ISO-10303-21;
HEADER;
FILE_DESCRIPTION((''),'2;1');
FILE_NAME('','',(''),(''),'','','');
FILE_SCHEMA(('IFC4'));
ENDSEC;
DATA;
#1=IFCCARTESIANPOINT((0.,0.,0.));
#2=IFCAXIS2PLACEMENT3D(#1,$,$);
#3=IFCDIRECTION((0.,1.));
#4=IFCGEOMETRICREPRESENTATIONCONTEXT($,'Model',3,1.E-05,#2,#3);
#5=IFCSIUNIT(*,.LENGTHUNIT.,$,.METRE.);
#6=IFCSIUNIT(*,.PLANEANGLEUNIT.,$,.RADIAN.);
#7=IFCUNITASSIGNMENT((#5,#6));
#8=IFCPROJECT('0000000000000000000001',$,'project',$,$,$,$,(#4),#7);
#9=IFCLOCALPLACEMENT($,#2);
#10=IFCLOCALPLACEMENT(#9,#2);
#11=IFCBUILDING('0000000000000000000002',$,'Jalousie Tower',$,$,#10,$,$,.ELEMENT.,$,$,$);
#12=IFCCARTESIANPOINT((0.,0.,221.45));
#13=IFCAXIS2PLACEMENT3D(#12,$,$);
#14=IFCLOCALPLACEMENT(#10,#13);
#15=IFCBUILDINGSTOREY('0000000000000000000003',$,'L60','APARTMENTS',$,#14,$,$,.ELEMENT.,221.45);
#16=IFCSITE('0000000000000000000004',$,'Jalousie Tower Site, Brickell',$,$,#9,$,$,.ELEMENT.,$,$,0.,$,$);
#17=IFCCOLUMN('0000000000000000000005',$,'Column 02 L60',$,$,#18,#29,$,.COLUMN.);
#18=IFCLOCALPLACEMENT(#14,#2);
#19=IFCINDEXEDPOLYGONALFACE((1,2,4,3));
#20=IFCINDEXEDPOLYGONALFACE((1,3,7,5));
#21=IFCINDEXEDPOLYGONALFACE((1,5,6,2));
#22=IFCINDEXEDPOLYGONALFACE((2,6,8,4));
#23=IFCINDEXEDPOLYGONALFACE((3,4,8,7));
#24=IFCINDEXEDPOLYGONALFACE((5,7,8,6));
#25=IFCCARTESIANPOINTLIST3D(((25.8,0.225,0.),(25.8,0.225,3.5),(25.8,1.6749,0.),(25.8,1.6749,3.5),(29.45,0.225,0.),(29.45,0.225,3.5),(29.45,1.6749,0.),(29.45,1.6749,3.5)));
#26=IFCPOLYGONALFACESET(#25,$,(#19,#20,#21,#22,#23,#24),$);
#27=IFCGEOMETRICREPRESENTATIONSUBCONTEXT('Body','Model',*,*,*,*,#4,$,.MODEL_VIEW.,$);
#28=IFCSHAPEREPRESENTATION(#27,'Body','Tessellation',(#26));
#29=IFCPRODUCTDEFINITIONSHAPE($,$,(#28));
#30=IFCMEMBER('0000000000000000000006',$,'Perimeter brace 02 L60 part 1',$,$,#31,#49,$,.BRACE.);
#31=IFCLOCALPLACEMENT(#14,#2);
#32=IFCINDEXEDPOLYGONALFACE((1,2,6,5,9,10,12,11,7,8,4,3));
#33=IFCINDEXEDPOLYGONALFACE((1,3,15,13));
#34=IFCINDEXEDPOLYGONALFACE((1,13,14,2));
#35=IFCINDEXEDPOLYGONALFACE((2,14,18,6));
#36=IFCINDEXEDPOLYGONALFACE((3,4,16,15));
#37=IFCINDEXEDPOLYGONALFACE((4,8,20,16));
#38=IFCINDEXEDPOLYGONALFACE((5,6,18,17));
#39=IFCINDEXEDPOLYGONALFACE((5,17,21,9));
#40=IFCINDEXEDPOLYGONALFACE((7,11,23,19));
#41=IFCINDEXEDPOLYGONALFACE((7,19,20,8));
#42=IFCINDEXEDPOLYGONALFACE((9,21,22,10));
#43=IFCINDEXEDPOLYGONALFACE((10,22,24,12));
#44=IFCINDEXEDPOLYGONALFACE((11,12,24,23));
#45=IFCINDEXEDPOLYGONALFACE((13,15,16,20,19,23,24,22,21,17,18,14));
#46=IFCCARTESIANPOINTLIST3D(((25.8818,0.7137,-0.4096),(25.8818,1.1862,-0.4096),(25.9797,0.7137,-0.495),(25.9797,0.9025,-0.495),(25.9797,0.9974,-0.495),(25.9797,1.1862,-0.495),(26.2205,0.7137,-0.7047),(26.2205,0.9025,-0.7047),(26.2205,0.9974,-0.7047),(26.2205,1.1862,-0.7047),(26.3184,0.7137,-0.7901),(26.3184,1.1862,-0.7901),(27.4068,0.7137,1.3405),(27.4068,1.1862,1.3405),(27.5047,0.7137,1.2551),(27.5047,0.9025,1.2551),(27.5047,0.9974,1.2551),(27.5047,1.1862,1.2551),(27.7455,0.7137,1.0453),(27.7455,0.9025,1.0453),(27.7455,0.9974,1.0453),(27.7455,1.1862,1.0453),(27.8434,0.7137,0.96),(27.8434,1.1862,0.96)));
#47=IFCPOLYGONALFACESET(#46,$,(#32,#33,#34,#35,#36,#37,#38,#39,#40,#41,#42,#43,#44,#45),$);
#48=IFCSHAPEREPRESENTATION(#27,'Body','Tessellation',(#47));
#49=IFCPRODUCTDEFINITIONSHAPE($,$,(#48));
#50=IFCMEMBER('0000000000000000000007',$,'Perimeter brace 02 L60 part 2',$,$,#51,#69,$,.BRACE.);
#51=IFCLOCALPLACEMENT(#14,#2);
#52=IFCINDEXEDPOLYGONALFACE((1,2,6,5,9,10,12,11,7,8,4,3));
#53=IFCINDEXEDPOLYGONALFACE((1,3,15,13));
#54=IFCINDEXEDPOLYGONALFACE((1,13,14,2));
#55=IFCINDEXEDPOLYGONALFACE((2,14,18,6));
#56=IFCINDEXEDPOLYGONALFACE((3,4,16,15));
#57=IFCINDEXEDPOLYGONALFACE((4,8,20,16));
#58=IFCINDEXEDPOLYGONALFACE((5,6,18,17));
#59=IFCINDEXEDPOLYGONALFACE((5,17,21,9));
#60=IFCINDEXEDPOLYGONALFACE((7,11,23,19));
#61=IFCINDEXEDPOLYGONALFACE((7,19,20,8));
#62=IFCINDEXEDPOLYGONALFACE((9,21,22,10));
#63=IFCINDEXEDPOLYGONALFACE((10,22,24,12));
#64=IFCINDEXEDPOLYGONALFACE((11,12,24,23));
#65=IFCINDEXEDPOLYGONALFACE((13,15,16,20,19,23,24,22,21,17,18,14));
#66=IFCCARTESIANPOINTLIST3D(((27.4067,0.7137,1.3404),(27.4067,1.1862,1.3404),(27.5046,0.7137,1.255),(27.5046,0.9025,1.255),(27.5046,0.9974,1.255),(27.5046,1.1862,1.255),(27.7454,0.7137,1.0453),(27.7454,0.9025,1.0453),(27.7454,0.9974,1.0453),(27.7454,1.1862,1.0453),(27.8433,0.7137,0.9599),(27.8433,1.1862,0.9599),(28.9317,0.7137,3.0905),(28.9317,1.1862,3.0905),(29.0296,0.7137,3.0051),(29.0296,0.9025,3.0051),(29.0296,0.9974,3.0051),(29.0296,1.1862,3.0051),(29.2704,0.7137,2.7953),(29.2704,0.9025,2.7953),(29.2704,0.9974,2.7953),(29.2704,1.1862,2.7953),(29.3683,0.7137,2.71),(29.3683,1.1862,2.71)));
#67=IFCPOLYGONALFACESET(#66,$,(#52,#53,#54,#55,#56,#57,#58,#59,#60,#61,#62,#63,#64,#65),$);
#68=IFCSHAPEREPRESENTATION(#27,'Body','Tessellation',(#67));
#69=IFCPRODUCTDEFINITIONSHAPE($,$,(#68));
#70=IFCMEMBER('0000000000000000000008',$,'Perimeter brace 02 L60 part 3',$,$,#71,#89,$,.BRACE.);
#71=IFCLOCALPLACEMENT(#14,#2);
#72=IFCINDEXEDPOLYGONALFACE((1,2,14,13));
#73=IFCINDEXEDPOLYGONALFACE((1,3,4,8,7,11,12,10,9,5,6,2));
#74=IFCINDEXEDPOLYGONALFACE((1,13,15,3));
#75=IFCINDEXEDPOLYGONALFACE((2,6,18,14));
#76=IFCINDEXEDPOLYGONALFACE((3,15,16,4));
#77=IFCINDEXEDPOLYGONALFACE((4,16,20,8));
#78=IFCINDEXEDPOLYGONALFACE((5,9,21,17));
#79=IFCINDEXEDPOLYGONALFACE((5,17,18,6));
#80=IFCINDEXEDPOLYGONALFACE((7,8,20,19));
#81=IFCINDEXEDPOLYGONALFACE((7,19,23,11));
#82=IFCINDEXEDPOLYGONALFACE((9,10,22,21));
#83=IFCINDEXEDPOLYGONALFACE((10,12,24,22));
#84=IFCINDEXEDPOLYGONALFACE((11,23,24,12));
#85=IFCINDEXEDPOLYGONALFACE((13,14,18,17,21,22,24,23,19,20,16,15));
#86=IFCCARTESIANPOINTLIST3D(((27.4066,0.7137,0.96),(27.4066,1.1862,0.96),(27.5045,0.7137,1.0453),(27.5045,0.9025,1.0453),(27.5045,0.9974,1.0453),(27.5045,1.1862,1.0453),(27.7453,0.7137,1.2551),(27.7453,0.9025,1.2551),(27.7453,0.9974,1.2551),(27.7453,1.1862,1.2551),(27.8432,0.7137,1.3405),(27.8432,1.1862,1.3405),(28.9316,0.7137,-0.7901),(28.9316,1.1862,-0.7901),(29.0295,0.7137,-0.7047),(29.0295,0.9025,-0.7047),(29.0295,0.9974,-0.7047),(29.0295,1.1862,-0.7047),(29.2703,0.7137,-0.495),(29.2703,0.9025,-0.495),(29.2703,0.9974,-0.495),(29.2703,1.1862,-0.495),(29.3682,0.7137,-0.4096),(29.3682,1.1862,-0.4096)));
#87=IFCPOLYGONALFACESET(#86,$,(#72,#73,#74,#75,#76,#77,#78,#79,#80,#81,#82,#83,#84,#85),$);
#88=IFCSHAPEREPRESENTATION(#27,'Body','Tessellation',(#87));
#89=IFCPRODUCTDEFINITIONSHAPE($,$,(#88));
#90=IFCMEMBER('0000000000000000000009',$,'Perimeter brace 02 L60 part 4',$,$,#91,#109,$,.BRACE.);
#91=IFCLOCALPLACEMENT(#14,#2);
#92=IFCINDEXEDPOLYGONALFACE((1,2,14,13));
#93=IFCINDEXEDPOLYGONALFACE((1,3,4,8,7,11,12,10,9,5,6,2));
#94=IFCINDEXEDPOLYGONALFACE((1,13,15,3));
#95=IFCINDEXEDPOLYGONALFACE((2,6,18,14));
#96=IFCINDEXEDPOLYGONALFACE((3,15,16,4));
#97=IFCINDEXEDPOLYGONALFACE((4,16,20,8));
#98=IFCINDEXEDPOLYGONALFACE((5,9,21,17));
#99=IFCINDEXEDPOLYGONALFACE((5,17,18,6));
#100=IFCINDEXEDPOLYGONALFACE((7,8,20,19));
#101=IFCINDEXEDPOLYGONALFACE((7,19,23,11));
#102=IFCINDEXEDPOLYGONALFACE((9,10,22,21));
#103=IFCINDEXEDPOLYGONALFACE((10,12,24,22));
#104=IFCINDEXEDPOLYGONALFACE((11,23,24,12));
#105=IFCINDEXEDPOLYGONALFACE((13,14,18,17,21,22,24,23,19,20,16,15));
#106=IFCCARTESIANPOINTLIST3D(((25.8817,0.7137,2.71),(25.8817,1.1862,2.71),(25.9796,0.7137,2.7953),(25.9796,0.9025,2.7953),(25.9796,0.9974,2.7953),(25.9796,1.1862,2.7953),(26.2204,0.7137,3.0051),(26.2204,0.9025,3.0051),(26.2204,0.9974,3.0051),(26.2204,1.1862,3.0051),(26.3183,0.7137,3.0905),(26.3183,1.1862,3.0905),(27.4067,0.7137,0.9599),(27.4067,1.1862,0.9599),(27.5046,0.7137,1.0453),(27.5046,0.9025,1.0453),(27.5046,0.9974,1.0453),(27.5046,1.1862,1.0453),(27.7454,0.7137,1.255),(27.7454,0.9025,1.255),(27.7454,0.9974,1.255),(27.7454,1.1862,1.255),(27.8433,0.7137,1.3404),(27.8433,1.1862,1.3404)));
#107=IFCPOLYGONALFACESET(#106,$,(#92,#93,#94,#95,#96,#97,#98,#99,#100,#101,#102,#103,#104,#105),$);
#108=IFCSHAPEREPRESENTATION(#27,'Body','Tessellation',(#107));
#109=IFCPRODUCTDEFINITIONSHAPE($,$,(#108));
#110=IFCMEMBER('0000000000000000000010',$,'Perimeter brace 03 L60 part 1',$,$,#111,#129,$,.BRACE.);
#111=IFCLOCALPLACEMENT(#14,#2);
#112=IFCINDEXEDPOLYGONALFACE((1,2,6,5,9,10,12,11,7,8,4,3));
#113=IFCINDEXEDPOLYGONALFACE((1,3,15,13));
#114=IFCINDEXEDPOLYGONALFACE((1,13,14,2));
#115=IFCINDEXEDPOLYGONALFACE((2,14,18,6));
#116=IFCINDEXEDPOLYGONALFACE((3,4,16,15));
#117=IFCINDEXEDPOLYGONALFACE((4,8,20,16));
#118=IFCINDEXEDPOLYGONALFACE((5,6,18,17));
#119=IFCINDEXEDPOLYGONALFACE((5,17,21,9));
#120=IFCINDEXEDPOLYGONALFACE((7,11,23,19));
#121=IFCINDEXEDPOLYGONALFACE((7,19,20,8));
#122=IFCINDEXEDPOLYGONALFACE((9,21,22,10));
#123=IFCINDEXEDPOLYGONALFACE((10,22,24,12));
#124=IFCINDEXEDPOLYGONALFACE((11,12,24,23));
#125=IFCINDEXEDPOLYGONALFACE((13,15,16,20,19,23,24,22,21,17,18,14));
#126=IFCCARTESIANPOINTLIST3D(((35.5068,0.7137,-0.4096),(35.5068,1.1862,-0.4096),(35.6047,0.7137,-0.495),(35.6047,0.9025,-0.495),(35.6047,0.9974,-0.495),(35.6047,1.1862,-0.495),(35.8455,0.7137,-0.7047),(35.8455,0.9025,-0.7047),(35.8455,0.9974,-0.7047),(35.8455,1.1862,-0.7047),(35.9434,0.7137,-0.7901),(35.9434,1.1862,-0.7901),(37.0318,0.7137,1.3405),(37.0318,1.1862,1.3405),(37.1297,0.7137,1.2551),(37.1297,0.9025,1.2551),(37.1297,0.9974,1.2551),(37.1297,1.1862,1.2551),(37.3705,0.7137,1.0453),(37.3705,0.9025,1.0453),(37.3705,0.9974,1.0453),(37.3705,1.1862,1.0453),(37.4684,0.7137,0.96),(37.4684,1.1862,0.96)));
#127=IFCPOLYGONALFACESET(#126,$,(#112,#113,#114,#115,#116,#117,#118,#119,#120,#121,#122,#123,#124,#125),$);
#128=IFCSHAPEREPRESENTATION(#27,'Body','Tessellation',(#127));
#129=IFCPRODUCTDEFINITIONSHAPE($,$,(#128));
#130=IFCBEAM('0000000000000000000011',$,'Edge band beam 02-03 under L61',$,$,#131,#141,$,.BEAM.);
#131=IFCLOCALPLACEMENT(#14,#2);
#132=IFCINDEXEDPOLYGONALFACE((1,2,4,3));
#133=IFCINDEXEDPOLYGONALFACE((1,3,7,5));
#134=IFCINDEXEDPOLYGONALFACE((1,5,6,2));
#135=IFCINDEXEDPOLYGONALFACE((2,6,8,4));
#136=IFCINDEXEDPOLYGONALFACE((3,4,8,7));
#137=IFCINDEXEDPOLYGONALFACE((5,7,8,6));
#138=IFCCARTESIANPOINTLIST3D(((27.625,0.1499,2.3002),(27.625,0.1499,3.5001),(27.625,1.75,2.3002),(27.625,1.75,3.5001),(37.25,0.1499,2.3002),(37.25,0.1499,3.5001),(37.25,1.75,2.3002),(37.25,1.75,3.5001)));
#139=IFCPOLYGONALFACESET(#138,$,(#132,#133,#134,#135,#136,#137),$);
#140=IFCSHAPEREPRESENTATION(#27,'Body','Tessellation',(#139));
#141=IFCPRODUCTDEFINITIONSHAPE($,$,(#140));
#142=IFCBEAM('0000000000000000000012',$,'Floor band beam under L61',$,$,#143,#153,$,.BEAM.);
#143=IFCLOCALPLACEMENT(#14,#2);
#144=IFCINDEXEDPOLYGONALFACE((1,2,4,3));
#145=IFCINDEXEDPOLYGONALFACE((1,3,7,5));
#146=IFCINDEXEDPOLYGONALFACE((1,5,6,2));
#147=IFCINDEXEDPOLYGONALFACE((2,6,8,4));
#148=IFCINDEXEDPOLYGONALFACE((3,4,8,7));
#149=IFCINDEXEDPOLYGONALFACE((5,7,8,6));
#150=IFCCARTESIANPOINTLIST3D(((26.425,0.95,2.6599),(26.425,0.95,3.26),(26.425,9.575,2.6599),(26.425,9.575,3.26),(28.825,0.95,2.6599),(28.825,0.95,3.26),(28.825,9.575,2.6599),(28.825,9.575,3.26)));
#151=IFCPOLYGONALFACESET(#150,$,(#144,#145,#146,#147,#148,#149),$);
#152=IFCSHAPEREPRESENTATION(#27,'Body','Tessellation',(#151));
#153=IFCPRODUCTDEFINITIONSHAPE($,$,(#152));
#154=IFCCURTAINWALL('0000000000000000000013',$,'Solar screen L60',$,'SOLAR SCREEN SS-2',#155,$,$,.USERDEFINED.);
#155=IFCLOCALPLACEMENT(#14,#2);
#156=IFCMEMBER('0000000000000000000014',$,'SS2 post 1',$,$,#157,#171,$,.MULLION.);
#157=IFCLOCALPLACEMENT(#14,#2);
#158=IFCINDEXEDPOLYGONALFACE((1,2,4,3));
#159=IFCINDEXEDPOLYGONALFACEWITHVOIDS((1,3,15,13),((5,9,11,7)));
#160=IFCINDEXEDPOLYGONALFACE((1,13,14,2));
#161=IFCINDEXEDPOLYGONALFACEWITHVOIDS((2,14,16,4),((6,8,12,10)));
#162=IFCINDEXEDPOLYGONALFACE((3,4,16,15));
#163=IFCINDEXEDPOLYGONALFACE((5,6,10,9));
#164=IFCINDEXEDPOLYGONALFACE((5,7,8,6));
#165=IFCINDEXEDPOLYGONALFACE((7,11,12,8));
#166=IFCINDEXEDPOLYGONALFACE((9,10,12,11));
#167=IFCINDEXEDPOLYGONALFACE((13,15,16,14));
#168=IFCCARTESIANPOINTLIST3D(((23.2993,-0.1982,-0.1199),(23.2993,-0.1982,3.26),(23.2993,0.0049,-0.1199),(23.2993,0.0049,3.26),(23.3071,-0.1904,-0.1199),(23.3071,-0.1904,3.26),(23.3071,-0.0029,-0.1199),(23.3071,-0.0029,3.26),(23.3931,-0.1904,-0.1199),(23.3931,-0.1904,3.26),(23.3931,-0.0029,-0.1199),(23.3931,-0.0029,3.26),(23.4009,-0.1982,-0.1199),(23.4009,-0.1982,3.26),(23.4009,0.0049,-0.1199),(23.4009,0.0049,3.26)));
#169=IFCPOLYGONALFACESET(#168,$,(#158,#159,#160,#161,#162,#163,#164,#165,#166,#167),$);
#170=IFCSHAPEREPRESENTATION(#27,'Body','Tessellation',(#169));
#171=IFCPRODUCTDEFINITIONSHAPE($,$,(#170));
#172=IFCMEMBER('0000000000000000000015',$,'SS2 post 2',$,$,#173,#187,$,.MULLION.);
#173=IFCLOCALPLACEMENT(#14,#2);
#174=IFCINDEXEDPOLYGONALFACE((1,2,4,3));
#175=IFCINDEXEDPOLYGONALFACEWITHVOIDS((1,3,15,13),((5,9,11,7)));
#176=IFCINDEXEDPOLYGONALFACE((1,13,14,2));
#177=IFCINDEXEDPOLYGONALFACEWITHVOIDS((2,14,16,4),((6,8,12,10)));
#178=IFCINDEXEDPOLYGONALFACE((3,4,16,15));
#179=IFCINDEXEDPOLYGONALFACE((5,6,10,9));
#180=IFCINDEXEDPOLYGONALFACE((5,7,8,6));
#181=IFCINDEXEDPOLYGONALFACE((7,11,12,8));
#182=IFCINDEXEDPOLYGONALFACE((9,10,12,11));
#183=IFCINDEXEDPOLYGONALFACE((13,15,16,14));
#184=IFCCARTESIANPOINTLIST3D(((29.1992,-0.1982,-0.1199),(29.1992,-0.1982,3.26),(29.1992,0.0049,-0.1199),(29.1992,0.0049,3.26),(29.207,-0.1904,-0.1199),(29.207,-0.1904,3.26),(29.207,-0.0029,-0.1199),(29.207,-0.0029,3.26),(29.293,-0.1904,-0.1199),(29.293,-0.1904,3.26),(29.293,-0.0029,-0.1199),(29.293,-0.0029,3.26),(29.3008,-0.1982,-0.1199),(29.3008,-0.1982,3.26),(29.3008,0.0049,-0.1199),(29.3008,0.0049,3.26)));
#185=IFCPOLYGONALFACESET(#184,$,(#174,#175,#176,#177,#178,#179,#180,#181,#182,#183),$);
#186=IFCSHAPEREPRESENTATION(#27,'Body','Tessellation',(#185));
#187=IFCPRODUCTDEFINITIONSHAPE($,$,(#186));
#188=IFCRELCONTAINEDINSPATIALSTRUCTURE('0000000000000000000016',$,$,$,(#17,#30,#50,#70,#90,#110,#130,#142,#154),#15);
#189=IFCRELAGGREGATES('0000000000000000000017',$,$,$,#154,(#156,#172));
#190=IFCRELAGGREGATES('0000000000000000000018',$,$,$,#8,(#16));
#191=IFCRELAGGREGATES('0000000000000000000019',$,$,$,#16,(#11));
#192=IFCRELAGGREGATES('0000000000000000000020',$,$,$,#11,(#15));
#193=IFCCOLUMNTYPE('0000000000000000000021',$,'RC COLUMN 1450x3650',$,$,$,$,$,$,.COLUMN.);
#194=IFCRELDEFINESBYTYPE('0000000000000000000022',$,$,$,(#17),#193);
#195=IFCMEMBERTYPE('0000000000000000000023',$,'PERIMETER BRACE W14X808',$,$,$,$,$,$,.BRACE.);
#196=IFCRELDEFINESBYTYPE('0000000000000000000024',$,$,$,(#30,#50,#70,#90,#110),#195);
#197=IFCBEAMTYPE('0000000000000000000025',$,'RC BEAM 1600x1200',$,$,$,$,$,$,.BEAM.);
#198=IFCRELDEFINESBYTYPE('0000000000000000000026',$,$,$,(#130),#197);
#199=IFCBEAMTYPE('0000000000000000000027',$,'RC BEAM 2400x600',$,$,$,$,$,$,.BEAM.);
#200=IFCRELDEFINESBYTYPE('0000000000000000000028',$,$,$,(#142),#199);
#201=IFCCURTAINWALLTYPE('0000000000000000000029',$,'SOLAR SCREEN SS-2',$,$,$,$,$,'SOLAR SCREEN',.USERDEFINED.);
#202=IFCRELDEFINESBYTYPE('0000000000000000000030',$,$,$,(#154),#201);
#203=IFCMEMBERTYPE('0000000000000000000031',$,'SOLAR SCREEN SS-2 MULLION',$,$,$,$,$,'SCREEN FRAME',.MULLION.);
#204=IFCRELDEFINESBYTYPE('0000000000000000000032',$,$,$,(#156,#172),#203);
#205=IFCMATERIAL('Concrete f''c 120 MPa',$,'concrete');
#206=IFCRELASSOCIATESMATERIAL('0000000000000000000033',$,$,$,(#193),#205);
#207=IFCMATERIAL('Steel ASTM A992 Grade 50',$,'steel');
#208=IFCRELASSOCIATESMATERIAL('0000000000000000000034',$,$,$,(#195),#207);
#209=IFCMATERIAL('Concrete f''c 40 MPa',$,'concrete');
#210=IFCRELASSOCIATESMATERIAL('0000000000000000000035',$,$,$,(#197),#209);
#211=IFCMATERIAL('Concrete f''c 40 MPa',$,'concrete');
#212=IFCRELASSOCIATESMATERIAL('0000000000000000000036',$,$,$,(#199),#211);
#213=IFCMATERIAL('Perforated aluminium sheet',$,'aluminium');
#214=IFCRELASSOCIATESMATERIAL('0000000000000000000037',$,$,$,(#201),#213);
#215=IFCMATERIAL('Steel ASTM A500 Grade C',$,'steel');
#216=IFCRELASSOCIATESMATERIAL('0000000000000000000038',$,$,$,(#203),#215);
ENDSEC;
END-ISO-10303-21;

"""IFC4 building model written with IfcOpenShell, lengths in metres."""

from ifc_helpers import new_model, si_unit, direction, frame, origin, origin_2d, place, context, subcontext, project, spatial, rectangle, hollow_rectangle, i_section, extrude, material, material_profile, profile_set, type_object, element, aggregate, save


model = new_model("IFC4")

# Units and contexts
model_context = context("Model", 3, precision=1e-05, world=origin(), true_north=direction((0.0, 1.0)))
body_context = subcontext(model_context, "Body", "Model", "MODEL_VIEW")
ifc_project = project(units=[si_unit("LENGTHUNIT", "METRE"), si_unit("PLANEANGLEUNIT", "RADIAN")], contexts=[model_context])

# Site, building, storey
site_placement = place(None, origin())
site = spatial("IfcSite", under=ifc_project, at=site_placement, Name="Jalousie Tower Site, Brickell", CompositionType="ELEMENT", RefElevation=0.0)
building_placement = place(site_placement, origin())
building = spatial("IfcBuilding", under=site, at=building_placement, Name="Jalousie Tower", CompositionType="ELEMENT")
storey_placement = place(building_placement, frame((0.0, 0.0, 221.45)))
storey = spatial("IfcBuildingStorey", under=building, at=storey_placement, Name="L60", Description="APARTMENTS", CompositionType="ELEMENT", Elevation=221.45)

# Column
ifc_material_1 = material(Name="Concrete f'c 120 MPa", Category="concrete")
ifc_material_profile_1 = material_profile(ifc_material_1, rectangle(XDim=1.45, YDim=3.6499, at=origin_2d()), Name="RC 1450x3650")
ifc_profile_set_1 = profile_set([ifc_material_profile_1], Name="Concrete f'c 120 MPa")
column_type = type_object("IfcColumnType", Name="RC COLUMN 1450x3650", PredefinedType="COLUMN", material=ifc_profile_set_1)
column_placement = place(storey_placement, frame((27.625, 0.95, 0.0), z_axis=(0.0, 0.0, 1.0), x_axis=(0.0, 1.0, 0.0)))
element("IfcColumn", 1, at=column_placement, inside=storey, type_object=column_type, Name="Column 02 L60", PredefinedType="COLUMN", context=body_context, shape_type="SweptSolid", body=[
    extrude(rectangle(XDim=1.45, YDim=3.6499, at=origin_2d()), origin(), (0.0, 0.0, 1.0), 3.5),
])

# Members
ifc_material_2 = material(Name="Steel ASTM A992 Grade 50", Category="steel")
ifc_material_profile_2 = material_profile(ifc_material_2, i_section(OverallWidth=0.4724, OverallDepth=0.5791, WebThickness=0.095, FlangeThickness=0.1299, at=origin_2d()), Name="W14X808")
ifc_profile_set_2 = profile_set([ifc_material_profile_2], Name="Steel ASTM A992 Grade 50")
member_type_1 = type_object("IfcMemberType", Name="PERIMETER BRACE W14X808", PredefinedType="BRACE", material=ifc_profile_set_2)
for number, where, z_axis, x_axis, name in (
    (2, (26.1001, 0.95, -0.5999), (0.656954, 0.0, 0.75393), (0.0, 1.0, 0.0), "Perimeter brace 02 L60 part 1"),
    (3, (27.625, 0.95, 1.1501), (0.656954, 0.0, 0.75393), (0.0, 1.0, 0.0), "Perimeter brace 02 L60 part 2"),
    (4, (29.1499, 0.95, -0.5999), (-0.656954, 0.0, 0.75393), (0.0, -1.0, 0.0), "Perimeter brace 02 L60 part 3"),
    (5, (27.625, 0.95, 1.1501), (-0.656954, 0.0, 0.75393), (0.0, -1.0, 0.0), "Perimeter brace 02 L60 part 4"),
    (6, (35.7251, 0.95, -0.5999), (0.656954, 0.0, 0.75393), (0.0, 1.0, 0.0), "Perimeter brace 03 L60 part 1"),
):
    element("IfcMember", number, at=place(storey_placement, frame(where, z_axis=z_axis, x_axis=x_axis)), inside=storey, type_object=member_type_1, Name=name, PredefinedType="BRACE", context=body_context, shape_type="SweptSolid", body=[
        extrude(i_section(OverallWidth=0.4724, OverallDepth=0.5791, WebThickness=0.095, FlangeThickness=0.1299, at=origin_2d()), origin(), (0.0, 0.0, 1.0), 2.3213),
    ])

# Beams
ifc_material_3 = material(Name="Concrete f'c 40 MPa", Category="concrete")
ifc_material_profile_3 = material_profile(ifc_material_3, rectangle(XDim=1.6001, YDim=1.2, at=origin_2d()), Name="RC 1600x1200")
ifc_profile_set_3 = profile_set([ifc_material_profile_3], Name="Concrete f'c 40 MPa")
beam_type_1 = type_object("IfcBeamType", Name="RC BEAM 1600x1200", PredefinedType="BEAM", material=ifc_profile_set_3)
beam_1_placement = place(storey_placement, frame((27.625, 0.95, 2.9001), z_axis=(1.0, 0.0, 0.0), x_axis=(0.0, 1.0, 0.0)))
element("IfcBeam", 7, at=beam_1_placement, inside=storey, type_object=beam_type_1, Name="Edge band beam 02-03 under L61", PredefinedType="BEAM", context=body_context, shape_type="SweptSolid", body=[
    extrude(rectangle(XDim=1.6001, YDim=1.2, at=origin_2d()), origin(), (0.0, 0.0, 1.0), 9.625),
])
ifc_material_4 = material(Name="Concrete f'c 40 MPa", Category="concrete")
ifc_material_profile_4 = material_profile(ifc_material_4, rectangle(XDim=2.3999, YDim=0.6001, at=origin_2d()), Name="RC 2400x600")
ifc_profile_set_4 = profile_set([ifc_material_profile_4], Name="Concrete f'c 40 MPa")
beam_type_2 = type_object("IfcBeamType", Name="RC BEAM 2400x600", PredefinedType="BEAM", material=ifc_profile_set_4)
beam_2_placement = place(storey_placement, frame((27.625, 0.95, 2.96), z_axis=(0.0, 1.0, 0.0), x_axis=(-1.0, 0.0, 0.0)))
element("IfcBeam", 8, at=beam_2_placement, inside=storey, type_object=beam_type_2, Name="Floor band beam under L61", PredefinedType="BEAM", context=body_context, shape_type="SweptSolid", body=[
    extrude(rectangle(XDim=2.3999, YDim=0.6001, at=origin_2d()), origin(), (0.0, 0.0, 1.0), 8.625),
])

# Curtain wall, members
ifc_material_5 = material(Name="Perforated aluminium sheet", Category="aluminium")
curtain_wall_type = type_object("IfcCurtainWallType", Name="SOLAR SCREEN SS-2", ElementType="SOLAR SCREEN", PredefinedType="USERDEFINED", material=ifc_material_5)
curtain_wall_1_placement = place(storey_placement, origin())
curtain_wall_1 = element("IfcCurtainWall", 9, at=curtain_wall_1_placement, inside=storey, type_object=curtain_wall_type, Name="Solar screen L60", ObjectType="SOLAR SCREEN SS-2", PredefinedType="USERDEFINED")
ifc_material_6 = material(Name="Steel ASTM A500 Grade C", Category="steel")
ifc_material_profile_5 = material_profile(ifc_material_6, hollow_rectangle(XDim=0.1016, YDim=0.2031, WallThickness=0.0078, at=origin_2d()), Name="HSS8X4X5/16")
ifc_profile_set_5 = profile_set([ifc_material_profile_5], Name="Steel ASTM A500 Grade C")
member_type_2 = type_object("IfcMemberType", Name="SOLAR SCREEN SS-2 MULLION", ElementType="SCREEN FRAME", PredefinedType="MULLION", material=ifc_profile_set_5)
member_1_placement = place(storey_placement, frame((23.3501, -0.0967, -0.1199), z_axis=(0.0, 0.0, 1.0), x_axis=(1.0, 0.0, 0.0)))
member_1 = element("IfcMember", 10, at=member_1_placement, type_object=member_type_2, Name="SS2 post 1", PredefinedType="MULLION", context=body_context, shape_type="SweptSolid", body=[
    extrude(hollow_rectangle(XDim=0.1016, YDim=0.2031, WallThickness=0.0078, at=origin_2d()), origin(), (0.0, 0.0, 1.0), 3.3799),
])
member_2_placement = place(storey_placement, frame((29.25, -0.0967, -0.1199), z_axis=(0.0, 0.0, 1.0), x_axis=(1.0, 0.0, 0.0)))
member_2 = element("IfcMember", 11, at=member_2_placement, type_object=member_type_2, Name="SS2 post 2", PredefinedType="MULLION", context=body_context, shape_type="SweptSolid", body=[
    extrude(hollow_rectangle(XDim=0.1016, YDim=0.2031, WallThickness=0.0078, at=origin_2d()), origin(), (0.0, 0.0, 1.0), 3.3799),
])

aggregate(curtain_wall_1, [member_1, member_2])

save(model, "model.ifc")
